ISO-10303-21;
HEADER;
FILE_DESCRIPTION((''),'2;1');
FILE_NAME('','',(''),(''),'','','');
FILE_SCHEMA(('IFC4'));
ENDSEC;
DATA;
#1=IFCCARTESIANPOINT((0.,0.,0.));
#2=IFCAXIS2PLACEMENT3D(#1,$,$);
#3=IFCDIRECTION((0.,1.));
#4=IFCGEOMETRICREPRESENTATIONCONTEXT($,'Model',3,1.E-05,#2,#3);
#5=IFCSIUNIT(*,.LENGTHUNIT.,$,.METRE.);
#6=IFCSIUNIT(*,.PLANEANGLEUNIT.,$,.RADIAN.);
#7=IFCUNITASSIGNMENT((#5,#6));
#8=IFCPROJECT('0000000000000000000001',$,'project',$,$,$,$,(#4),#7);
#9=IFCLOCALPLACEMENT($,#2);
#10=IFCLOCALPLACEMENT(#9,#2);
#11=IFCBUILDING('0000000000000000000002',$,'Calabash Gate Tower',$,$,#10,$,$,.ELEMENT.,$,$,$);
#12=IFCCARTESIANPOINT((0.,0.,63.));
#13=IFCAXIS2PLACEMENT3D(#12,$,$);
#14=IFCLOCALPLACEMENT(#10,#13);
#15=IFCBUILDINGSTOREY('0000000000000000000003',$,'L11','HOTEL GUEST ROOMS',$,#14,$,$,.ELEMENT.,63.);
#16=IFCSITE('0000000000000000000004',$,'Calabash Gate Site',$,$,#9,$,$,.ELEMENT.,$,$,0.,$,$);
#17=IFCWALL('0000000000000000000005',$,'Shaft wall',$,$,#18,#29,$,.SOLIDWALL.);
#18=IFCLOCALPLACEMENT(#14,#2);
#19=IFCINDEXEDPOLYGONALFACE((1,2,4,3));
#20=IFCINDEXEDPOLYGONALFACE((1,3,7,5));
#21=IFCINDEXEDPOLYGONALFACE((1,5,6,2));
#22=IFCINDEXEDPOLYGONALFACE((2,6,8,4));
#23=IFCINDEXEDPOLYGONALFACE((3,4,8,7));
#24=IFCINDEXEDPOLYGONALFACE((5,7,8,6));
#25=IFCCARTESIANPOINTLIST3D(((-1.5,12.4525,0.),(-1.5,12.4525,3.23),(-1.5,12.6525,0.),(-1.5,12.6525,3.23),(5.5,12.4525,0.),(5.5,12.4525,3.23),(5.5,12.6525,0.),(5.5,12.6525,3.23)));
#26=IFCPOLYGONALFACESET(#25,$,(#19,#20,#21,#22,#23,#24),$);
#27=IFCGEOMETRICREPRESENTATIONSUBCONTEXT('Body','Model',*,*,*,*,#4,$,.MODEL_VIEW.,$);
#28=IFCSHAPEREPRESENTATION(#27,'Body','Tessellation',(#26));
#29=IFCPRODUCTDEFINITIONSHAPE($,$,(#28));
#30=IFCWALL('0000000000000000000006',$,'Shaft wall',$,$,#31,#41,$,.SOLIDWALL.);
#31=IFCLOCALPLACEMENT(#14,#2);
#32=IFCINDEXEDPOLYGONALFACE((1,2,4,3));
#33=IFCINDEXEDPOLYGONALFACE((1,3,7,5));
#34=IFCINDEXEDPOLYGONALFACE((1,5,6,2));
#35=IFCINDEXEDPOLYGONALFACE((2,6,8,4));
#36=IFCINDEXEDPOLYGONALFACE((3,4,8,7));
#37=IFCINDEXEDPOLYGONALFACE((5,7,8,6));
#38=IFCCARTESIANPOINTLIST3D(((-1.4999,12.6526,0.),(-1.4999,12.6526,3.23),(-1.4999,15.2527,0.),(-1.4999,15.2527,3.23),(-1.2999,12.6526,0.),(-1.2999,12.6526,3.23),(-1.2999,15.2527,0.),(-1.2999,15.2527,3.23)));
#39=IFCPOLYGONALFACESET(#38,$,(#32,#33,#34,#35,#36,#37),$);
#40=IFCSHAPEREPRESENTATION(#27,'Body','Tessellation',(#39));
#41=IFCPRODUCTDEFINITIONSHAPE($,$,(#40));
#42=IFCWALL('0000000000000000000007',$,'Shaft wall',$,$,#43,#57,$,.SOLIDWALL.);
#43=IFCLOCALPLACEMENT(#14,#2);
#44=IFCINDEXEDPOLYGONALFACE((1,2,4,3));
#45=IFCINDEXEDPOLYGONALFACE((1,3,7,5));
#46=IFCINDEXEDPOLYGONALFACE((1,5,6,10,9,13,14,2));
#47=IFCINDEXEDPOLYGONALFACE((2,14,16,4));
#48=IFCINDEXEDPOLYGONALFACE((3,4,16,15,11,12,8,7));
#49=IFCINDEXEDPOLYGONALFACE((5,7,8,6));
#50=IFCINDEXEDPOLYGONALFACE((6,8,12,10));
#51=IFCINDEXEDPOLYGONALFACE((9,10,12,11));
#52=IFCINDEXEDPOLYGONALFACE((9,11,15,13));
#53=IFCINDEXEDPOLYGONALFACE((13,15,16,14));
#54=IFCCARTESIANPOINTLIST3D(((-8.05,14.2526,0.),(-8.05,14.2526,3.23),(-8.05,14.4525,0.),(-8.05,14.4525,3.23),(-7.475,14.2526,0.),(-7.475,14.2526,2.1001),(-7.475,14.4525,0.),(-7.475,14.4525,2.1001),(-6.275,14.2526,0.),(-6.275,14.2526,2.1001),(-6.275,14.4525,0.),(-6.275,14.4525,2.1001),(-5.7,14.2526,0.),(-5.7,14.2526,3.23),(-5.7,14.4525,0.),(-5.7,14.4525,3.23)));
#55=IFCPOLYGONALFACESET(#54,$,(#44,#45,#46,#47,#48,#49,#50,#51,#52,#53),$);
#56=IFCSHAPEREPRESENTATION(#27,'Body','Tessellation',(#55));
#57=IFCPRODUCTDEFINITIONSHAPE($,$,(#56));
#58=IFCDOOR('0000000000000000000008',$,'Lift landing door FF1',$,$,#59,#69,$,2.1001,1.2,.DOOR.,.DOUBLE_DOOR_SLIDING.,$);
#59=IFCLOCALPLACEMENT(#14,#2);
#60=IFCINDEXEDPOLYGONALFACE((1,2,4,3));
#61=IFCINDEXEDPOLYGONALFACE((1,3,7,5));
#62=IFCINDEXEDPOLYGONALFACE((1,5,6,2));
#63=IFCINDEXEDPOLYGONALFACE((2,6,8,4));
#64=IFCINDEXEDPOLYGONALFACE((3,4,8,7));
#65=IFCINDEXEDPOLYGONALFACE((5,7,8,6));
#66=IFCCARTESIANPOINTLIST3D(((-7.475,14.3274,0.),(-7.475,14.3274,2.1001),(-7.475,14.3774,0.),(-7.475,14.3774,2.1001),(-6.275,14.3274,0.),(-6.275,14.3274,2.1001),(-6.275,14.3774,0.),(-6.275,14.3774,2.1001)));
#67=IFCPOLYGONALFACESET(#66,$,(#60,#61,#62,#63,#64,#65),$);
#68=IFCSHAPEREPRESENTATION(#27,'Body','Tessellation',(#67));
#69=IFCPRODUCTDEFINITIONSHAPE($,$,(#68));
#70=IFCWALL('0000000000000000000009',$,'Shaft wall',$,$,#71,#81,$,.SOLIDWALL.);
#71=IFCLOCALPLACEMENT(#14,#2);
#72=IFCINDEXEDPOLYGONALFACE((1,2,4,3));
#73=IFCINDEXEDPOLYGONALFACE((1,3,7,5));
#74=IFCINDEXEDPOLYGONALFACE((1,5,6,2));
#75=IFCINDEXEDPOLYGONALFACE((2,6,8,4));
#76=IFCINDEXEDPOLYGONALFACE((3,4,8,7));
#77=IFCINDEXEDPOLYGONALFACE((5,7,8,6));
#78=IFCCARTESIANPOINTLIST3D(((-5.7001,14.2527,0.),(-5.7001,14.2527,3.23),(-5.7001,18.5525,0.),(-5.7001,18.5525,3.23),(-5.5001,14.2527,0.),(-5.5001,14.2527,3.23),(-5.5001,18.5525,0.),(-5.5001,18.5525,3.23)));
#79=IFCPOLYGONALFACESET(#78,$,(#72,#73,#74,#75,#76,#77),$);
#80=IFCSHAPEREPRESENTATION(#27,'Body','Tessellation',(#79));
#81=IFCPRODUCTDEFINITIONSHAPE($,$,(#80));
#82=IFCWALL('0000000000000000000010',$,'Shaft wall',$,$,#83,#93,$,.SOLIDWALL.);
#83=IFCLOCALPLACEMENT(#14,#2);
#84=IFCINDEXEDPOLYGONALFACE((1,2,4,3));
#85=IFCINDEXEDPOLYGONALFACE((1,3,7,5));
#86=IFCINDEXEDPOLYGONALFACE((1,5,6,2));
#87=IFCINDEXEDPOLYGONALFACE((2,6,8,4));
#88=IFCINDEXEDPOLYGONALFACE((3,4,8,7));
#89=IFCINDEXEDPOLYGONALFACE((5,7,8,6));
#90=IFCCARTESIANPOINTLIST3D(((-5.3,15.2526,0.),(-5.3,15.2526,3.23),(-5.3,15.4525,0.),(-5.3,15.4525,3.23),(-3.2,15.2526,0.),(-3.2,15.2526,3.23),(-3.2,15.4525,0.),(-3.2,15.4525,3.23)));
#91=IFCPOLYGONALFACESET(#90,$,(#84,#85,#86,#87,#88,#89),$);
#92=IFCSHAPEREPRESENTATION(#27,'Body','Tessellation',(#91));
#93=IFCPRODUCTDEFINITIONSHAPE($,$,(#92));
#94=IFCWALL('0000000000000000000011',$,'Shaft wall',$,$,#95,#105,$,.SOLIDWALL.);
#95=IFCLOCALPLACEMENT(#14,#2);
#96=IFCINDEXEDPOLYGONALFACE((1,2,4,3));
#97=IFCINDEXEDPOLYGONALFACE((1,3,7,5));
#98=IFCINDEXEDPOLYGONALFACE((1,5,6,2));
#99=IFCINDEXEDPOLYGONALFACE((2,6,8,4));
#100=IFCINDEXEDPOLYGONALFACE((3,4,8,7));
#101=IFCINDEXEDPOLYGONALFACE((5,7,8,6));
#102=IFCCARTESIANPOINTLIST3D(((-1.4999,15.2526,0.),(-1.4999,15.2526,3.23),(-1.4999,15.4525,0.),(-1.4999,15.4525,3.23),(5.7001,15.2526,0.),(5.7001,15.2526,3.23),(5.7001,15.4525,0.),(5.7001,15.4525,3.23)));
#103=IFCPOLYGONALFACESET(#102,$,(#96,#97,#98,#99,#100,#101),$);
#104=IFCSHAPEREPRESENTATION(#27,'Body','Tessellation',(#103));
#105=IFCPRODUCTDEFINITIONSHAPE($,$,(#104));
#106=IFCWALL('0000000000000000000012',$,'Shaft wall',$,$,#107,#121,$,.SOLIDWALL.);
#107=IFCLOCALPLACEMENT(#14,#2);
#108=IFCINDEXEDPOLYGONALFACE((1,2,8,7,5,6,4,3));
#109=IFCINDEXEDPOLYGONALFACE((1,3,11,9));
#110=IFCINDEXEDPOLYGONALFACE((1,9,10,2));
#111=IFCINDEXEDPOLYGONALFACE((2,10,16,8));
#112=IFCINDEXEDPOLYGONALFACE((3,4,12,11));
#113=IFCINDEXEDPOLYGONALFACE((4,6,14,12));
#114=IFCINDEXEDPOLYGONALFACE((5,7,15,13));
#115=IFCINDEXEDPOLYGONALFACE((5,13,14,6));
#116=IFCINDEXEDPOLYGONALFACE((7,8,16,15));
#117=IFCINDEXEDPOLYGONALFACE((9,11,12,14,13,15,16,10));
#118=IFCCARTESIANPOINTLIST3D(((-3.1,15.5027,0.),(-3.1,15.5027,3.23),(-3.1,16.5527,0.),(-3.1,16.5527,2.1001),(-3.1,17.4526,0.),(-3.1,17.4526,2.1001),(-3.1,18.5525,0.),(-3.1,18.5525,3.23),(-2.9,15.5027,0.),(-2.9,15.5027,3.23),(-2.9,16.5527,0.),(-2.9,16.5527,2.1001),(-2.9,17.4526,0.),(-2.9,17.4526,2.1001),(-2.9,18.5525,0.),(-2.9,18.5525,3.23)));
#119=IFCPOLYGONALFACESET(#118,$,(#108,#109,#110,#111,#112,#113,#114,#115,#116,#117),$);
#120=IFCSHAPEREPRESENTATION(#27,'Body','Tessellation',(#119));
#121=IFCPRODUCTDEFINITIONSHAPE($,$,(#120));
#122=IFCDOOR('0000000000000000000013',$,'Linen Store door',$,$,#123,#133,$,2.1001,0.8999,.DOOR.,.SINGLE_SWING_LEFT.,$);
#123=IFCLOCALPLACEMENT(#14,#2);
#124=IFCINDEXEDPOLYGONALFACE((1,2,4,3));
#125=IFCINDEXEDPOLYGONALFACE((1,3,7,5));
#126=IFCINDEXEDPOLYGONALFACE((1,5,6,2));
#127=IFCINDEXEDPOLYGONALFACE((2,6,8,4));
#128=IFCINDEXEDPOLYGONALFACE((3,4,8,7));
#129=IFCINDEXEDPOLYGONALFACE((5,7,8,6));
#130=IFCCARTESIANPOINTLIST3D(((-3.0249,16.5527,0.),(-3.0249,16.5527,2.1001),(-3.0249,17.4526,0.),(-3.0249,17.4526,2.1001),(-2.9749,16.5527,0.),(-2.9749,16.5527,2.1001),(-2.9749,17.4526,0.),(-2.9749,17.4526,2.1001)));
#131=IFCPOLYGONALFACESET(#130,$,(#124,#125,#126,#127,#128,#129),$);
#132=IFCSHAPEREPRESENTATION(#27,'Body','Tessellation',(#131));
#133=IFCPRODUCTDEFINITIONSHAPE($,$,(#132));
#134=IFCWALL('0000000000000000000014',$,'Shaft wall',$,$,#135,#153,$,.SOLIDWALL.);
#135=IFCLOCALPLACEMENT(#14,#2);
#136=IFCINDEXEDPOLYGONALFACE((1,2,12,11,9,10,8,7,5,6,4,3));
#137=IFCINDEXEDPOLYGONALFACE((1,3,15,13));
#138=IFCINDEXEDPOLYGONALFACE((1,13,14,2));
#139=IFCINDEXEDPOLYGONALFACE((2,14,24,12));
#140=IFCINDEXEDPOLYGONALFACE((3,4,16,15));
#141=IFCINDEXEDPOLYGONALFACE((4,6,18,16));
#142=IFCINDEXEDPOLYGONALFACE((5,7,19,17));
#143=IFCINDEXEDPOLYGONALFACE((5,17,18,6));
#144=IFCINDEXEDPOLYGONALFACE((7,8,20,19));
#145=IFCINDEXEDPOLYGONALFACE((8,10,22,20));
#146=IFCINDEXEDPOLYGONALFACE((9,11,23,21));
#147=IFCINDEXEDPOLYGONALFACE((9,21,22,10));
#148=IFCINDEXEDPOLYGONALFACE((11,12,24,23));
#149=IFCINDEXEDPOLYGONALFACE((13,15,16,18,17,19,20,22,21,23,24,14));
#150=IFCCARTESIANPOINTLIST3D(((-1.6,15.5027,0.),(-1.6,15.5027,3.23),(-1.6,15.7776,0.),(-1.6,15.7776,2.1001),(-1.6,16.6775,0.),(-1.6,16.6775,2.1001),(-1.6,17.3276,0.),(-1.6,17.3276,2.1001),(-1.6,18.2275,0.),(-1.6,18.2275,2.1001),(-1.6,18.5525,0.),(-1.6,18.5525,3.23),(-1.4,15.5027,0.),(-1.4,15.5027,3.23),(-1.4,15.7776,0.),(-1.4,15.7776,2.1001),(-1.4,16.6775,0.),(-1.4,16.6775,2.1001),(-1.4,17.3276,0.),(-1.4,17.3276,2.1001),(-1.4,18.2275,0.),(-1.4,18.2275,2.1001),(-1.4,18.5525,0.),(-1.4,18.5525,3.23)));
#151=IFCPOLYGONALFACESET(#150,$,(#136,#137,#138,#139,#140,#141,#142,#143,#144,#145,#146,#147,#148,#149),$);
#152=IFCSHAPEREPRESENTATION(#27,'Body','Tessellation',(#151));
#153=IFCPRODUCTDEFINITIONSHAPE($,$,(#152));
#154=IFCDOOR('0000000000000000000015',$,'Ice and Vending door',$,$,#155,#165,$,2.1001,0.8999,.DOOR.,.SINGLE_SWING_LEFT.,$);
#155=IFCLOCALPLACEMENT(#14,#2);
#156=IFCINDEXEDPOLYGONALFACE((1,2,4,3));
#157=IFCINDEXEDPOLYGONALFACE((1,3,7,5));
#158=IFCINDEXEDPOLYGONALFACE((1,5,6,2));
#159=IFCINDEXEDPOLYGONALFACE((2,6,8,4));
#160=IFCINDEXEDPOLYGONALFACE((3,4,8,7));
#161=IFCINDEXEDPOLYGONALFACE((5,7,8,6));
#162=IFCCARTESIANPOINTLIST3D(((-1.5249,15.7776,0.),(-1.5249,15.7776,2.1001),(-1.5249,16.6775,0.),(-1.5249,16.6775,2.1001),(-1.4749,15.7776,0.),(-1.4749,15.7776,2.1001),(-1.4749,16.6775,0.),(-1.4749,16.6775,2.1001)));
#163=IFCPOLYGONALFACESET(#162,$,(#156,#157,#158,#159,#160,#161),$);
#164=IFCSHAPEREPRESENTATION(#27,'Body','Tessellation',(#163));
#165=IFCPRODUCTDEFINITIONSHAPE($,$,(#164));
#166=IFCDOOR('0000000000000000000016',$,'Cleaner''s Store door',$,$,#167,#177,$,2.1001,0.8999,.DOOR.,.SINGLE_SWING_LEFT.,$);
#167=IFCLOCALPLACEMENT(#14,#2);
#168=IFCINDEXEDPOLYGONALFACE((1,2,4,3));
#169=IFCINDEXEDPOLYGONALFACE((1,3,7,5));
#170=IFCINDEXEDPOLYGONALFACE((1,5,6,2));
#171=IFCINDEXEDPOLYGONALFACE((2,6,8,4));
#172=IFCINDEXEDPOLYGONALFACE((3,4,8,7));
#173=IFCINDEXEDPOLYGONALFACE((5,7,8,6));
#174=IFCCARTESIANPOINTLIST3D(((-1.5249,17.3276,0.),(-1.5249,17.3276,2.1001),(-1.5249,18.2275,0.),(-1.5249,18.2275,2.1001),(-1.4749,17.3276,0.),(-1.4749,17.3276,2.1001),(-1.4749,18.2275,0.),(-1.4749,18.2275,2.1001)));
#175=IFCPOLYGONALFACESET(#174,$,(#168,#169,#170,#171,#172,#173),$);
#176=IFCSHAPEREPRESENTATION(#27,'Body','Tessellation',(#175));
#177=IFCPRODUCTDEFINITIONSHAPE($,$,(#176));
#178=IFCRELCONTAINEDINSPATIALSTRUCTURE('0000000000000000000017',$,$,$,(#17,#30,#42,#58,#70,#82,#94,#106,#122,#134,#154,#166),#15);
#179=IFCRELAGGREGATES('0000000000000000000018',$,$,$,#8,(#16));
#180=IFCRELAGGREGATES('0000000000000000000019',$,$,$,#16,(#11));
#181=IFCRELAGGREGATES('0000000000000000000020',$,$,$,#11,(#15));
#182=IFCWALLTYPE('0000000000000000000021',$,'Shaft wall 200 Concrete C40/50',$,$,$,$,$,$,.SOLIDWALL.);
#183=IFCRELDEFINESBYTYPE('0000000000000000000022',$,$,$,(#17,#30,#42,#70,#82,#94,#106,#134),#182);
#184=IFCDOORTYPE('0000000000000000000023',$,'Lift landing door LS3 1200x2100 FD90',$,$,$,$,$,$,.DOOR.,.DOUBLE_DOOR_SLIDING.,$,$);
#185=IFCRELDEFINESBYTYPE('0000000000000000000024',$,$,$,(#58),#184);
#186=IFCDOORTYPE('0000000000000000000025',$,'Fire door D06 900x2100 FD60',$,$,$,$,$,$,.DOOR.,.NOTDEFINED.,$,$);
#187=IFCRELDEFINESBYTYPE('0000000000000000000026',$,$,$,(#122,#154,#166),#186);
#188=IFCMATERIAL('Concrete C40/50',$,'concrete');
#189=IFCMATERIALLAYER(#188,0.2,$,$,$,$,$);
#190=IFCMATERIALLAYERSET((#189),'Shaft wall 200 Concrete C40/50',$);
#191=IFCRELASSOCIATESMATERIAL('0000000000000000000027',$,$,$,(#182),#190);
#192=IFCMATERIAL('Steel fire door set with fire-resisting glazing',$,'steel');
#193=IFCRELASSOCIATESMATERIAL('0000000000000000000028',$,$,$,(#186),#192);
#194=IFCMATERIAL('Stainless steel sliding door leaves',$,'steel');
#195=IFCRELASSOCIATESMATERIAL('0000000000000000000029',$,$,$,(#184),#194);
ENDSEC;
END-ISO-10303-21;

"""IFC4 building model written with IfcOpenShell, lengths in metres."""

from ifc_helpers import new_model, si_unit, direction, frame, frame_2d, origin, place, context, subcontext, project, spatial, rectangle, extrude, material, layer, layer_set, type_object, element, fill, save


model = new_model("IFC4")

# Units and contexts
model_context = context("Model", 3, precision=1e-05, world=origin(), true_north=direction((0.0, 1.0)))
body_context = subcontext(model_context, "Body", "Model", "MODEL_VIEW")
ifc_project = project(units=[si_unit("LENGTHUNIT", "METRE"), si_unit("PLANEANGLEUNIT", "RADIAN")], contexts=[model_context])

# Site, building, storey
site_placement = place(None, origin())
site = spatial("IfcSite", under=ifc_project, at=site_placement, Name="Calabash Gate Site", CompositionType="ELEMENT", RefElevation=0.0)
building_placement = place(site_placement, origin())
building = spatial("IfcBuilding", under=site, at=building_placement, Name="Calabash Gate Tower", CompositionType="ELEMENT")
storey_placement = place(building_placement, frame((0.0, 0.0, 63.0)))
storey = spatial("IfcBuildingStorey", under=building, at=storey_placement, Name="L11", Description="HOTEL GUEST ROOMS", CompositionType="ELEMENT", Elevation=63.0)

# Shared definitions
ifc_material_1 = material(Name="Concrete C40/50", Category="concrete")
ifc_layer_1 = layer(ifc_material_1, 0.2)
ifc_layer_set_1 = layer_set([ifc_layer_1], Name="Shaft wall 200 Concrete C40/50")
wall_type_1 = type_object("IfcWallType", Name="Shaft wall 200 Concrete C40/50", PredefinedType="SOLIDWALL", material=ifc_layer_set_1)

# Shared definitions
ifc_material_2 = material(Name="Steel fire door set with fire-resisting glazing", Category="steel")
door_type_1 = type_object("IfcDoorType", Name="Fire door D06 900x2100 FD60", OperationType="NOTDEFINED", PredefinedType="DOOR", material=ifc_material_2)

# Walls
wall_1_placement = place(storey_placement, frame((-1.5, 12.5525, 0.0), z_axis=(0.0, 0.0, 1.0), x_axis=(1.0, 0.0, 0.0)))
element("IfcWall", 1, at=wall_1_placement, inside=storey, type_object=wall_type_1, Name="Shaft wall", PredefinedType="SOLIDWALL", context=body_context, shape_type="SweptSolid", body=[
    extrude(rectangle(XDim=7.0, YDim=0.2, at=frame_2d((3.5, 0.0))), origin(), (0.0, 0.0, 1.0), 3.23),
])
wall_2_placement = place(storey_placement, frame((-1.3999, 12.6526, 0.0), z_axis=(0.0, 0.0, 1.0), x_axis=(0.0, 1.0, 0.0)))
element("IfcWall", 2, at=wall_2_placement, inside=storey, type_object=wall_type_1, Name="Shaft wall", PredefinedType="SOLIDWALL", context=body_context, shape_type="SweptSolid", body=[
    extrude(rectangle(XDim=2.6001, YDim=0.2, at=frame_2d((1.3, 0.0))), origin(), (0.0, 0.0, 1.0), 3.23),
])

# Wall, opening, door
wall_3_placement = place(storey_placement, frame((-8.05, 14.3525, 0.0), z_axis=(0.0, 0.0, 1.0), x_axis=(1.0, 0.0, 0.0)))
wall_3 = element("IfcWall", 3, at=wall_3_placement, inside=storey, type_object=wall_type_1, Name="Shaft wall", PredefinedType="SOLIDWALL", context=body_context, shape_type="SweptSolid", body=[
    extrude(rectangle(XDim=2.3501, YDim=0.2, at=frame_2d((1.175, 0.0))), origin(), (0.0, 0.0, 1.0), 3.23),
])
opening_1_placement = place(wall_3_placement, frame((0.575, 0.0, 0.0)))
opening_1 = element("IfcOpeningElement", 4, at=opening_1_placement, cuts=wall_3, PredefinedType="OPENING", context=body_context, shape_type="SweptSolid", body=[
    extrude(rectangle(XDim=1.2, YDim=2.1001, at=frame_2d((0.6001, 1.05))), frame((0.0, 0.1099, 0.0), z_axis=(0.0, -1.0, 0.0), x_axis=(1.0, 0.0, 0.0)), (0.0, 0.0, 1.0), 0.22),
])
ifc_material_3 = material(Name="Stainless steel sliding door leaves", Category="steel")
door_type_2 = type_object("IfcDoorType", Name="Lift landing door LS3 1200x2100 FD90", OperationType="DOUBLE_DOOR_SLIDING", PredefinedType="DOOR", material=ifc_material_3)
door_1_placement = place(opening_1_placement, origin())
door_1 = element("IfcDoor", 5, at=door_1_placement, inside=storey, type_object=door_type_2, Name="Lift landing door FF1", OperationType="DOUBLE_DOOR_SLIDING", OverallHeight=2.1001, OverallWidth=1.2, PredefinedType="DOOR", context=body_context, shape_type="SweptSolid", body=[
    extrude(rectangle(XDim=1.2, YDim=2.1001, at=frame_2d((0.6001, 1.05))), frame((0.0, 0.0249, 0.0), z_axis=(0.0, -1.0, 0.0), x_axis=(1.0, 0.0, 0.0)), (0.0, 0.0, 1.0), 0.05),
])
fill(opening_1, door_1)

# Walls
wall_4_placement = place(storey_placement, frame((-5.6001, 14.2527, 0.0), z_axis=(0.0, 0.0, 1.0), x_axis=(0.0, 1.0, 0.0)))
element("IfcWall", 6, at=wall_4_placement, inside=storey, type_object=wall_type_1, Name="Shaft wall", PredefinedType="SOLIDWALL", context=body_context, shape_type="SweptSolid", body=[
    extrude(rectangle(XDim=4.2998, YDim=0.2, at=frame_2d((2.1499, 0.0))), origin(), (0.0, 0.0, 1.0), 3.23),
])
wall_5_placement = place(storey_placement, frame((-5.3, 15.3525, 0.0), z_axis=(0.0, 0.0, 1.0), x_axis=(1.0, 0.0, 0.0)))
element("IfcWall", 7, at=wall_5_placement, inside=storey, type_object=wall_type_1, Name="Shaft wall", PredefinedType="SOLIDWALL", context=body_context, shape_type="SweptSolid", body=[
    extrude(rectangle(XDim=2.1001, YDim=0.2, at=frame_2d((1.05, 0.0))), origin(), (0.0, 0.0, 1.0), 3.23),
])
wall_6_placement = place(storey_placement, frame((-1.5, 15.3525, 0.0), z_axis=(0.0, 0.0, 1.0), x_axis=(1.0, 0.0, 0.0)))
element("IfcWall", 8, at=wall_6_placement, inside=storey, type_object=wall_type_1, Name="Shaft wall", PredefinedType="SOLIDWALL", context=body_context, shape_type="SweptSolid", body=[
    extrude(rectangle(XDim=7.2, YDim=0.2, at=frame_2d((3.6001, 0.0))), origin(), (0.0, 0.0, 1.0), 3.23),
])

# Wall, opening, door
wall_7_placement = place(storey_placement, frame((-3.0, 15.5027, 0.0), z_axis=(0.0, 0.0, 1.0), x_axis=(0.0, 1.0, 0.0)))
wall_7 = element("IfcWall", 9, at=wall_7_placement, inside=storey, type_object=wall_type_1, Name="Shaft wall", PredefinedType="SOLIDWALL", context=body_context, shape_type="SweptSolid", body=[
    extrude(rectangle(XDim=3.0498, YDim=0.2, at=frame_2d((1.5249, 0.0))), origin(), (0.0, 0.0, 1.0), 3.23),
])
opening_2_placement = place(wall_7_placement, frame((1.05, 0.0, 0.0)))
opening_2 = element("IfcOpeningElement", 10, at=opening_2_placement, cuts=wall_7, PredefinedType="OPENING", context=body_context, shape_type="SweptSolid", body=[
    extrude(rectangle(XDim=0.8999, YDim=2.1001, at=frame_2d((0.45, 1.05))), frame((0.0, 0.1099, 0.0), z_axis=(0.0, -1.0, 0.0), x_axis=(1.0, 0.0, 0.0)), (0.0, 0.0, 1.0), 0.22),
])
door_2_placement = place(opening_2_placement, origin())
door_2 = element("IfcDoor", 11, at=door_2_placement, inside=storey, type_object=door_type_1, Name="Linen Store door", OperationType="SINGLE_SWING_LEFT", OverallHeight=2.1001, OverallWidth=0.8999, PredefinedType="DOOR", context=body_context, shape_type="SweptSolid", body=[
    extrude(rectangle(XDim=0.8999, YDim=2.1001, at=frame_2d((0.45, 1.05))), frame((0.0, 0.0249, 0.0), z_axis=(0.0, -1.0, 0.0), x_axis=(1.0, 0.0, 0.0)), (0.0, 0.0, 1.0), 0.05),
])
fill(opening_2, door_2)

# Wall, openings, doors
wall_8_placement = place(storey_placement, frame((-1.5, 15.5027, 0.0), z_axis=(0.0, 0.0, 1.0), x_axis=(0.0, 1.0, 0.0)))
wall_8 = element("IfcWall", 12, at=wall_8_placement, inside=storey, type_object=wall_type_1, Name="Shaft wall", PredefinedType="SOLIDWALL", context=body_context, shape_type="SweptSolid", body=[
    extrude(rectangle(XDim=3.0498, YDim=0.2, at=frame_2d((1.5249, 0.0))), origin(), (0.0, 0.0, 1.0), 3.23),
])
opening_3_placement = place(wall_8_placement, frame((0.2749, 0.0, 0.0)))
opening_3 = element("IfcOpeningElement", 13, at=opening_3_placement, cuts=wall_8, PredefinedType="OPENING", context=body_context, shape_type="SweptSolid", body=[
    extrude(rectangle(XDim=0.8999, YDim=2.1001, at=frame_2d((0.45, 1.05))), frame((0.0, 0.1099, 0.0), z_axis=(0.0, -1.0, 0.0), x_axis=(1.0, 0.0, 0.0)), (0.0, 0.0, 1.0), 0.22),
])
opening_4_placement = place(wall_8_placement, frame((1.825, 0.0, 0.0)))
opening_4 = element("IfcOpeningElement", 14, at=opening_4_placement, cuts=wall_8, PredefinedType="OPENING", context=body_context, shape_type="SweptSolid", body=[
    extrude(rectangle(XDim=0.8999, YDim=2.1001, at=frame_2d((0.45, 1.05))), frame((0.0, 0.1099, 0.0), z_axis=(0.0, -1.0, 0.0), x_axis=(1.0, 0.0, 0.0)), (0.0, 0.0, 1.0), 0.22),
])
door_3_placement = place(opening_3_placement, origin())
door_3 = element("IfcDoor", 15, at=door_3_placement, inside=storey, type_object=door_type_1, Name="Ice and Vending door", OperationType="SINGLE_SWING_LEFT", OverallHeight=2.1001, OverallWidth=0.8999, PredefinedType="DOOR", context=body_context, shape_type="SweptSolid", body=[
    extrude(rectangle(XDim=0.8999, YDim=2.1001, at=frame_2d((0.45, 1.05))), frame((0.0, 0.0249, 0.0), z_axis=(0.0, -1.0, 0.0), x_axis=(1.0, 0.0, 0.0)), (0.0, 0.0, 1.0), 0.05),
])
fill(opening_3, door_3)
door_4_placement = place(opening_4_placement, origin())
door_4 = element("IfcDoor", 16, at=door_4_placement, inside=storey, type_object=door_type_1, Name="Cleaner's Store door", OperationType="SINGLE_SWING_LEFT", OverallHeight=2.1001, OverallWidth=0.8999, PredefinedType="DOOR", context=body_context, shape_type="SweptSolid", body=[
    extrude(rectangle(XDim=0.8999, YDim=2.1001, at=frame_2d((0.45, 1.05))), frame((0.0, 0.0249, 0.0), z_axis=(0.0, -1.0, 0.0), x_axis=(1.0, 0.0, 0.0)), (0.0, 0.0, 1.0), 0.05),
])
fill(opening_4, door_4)

save(model, "model.ifc")
